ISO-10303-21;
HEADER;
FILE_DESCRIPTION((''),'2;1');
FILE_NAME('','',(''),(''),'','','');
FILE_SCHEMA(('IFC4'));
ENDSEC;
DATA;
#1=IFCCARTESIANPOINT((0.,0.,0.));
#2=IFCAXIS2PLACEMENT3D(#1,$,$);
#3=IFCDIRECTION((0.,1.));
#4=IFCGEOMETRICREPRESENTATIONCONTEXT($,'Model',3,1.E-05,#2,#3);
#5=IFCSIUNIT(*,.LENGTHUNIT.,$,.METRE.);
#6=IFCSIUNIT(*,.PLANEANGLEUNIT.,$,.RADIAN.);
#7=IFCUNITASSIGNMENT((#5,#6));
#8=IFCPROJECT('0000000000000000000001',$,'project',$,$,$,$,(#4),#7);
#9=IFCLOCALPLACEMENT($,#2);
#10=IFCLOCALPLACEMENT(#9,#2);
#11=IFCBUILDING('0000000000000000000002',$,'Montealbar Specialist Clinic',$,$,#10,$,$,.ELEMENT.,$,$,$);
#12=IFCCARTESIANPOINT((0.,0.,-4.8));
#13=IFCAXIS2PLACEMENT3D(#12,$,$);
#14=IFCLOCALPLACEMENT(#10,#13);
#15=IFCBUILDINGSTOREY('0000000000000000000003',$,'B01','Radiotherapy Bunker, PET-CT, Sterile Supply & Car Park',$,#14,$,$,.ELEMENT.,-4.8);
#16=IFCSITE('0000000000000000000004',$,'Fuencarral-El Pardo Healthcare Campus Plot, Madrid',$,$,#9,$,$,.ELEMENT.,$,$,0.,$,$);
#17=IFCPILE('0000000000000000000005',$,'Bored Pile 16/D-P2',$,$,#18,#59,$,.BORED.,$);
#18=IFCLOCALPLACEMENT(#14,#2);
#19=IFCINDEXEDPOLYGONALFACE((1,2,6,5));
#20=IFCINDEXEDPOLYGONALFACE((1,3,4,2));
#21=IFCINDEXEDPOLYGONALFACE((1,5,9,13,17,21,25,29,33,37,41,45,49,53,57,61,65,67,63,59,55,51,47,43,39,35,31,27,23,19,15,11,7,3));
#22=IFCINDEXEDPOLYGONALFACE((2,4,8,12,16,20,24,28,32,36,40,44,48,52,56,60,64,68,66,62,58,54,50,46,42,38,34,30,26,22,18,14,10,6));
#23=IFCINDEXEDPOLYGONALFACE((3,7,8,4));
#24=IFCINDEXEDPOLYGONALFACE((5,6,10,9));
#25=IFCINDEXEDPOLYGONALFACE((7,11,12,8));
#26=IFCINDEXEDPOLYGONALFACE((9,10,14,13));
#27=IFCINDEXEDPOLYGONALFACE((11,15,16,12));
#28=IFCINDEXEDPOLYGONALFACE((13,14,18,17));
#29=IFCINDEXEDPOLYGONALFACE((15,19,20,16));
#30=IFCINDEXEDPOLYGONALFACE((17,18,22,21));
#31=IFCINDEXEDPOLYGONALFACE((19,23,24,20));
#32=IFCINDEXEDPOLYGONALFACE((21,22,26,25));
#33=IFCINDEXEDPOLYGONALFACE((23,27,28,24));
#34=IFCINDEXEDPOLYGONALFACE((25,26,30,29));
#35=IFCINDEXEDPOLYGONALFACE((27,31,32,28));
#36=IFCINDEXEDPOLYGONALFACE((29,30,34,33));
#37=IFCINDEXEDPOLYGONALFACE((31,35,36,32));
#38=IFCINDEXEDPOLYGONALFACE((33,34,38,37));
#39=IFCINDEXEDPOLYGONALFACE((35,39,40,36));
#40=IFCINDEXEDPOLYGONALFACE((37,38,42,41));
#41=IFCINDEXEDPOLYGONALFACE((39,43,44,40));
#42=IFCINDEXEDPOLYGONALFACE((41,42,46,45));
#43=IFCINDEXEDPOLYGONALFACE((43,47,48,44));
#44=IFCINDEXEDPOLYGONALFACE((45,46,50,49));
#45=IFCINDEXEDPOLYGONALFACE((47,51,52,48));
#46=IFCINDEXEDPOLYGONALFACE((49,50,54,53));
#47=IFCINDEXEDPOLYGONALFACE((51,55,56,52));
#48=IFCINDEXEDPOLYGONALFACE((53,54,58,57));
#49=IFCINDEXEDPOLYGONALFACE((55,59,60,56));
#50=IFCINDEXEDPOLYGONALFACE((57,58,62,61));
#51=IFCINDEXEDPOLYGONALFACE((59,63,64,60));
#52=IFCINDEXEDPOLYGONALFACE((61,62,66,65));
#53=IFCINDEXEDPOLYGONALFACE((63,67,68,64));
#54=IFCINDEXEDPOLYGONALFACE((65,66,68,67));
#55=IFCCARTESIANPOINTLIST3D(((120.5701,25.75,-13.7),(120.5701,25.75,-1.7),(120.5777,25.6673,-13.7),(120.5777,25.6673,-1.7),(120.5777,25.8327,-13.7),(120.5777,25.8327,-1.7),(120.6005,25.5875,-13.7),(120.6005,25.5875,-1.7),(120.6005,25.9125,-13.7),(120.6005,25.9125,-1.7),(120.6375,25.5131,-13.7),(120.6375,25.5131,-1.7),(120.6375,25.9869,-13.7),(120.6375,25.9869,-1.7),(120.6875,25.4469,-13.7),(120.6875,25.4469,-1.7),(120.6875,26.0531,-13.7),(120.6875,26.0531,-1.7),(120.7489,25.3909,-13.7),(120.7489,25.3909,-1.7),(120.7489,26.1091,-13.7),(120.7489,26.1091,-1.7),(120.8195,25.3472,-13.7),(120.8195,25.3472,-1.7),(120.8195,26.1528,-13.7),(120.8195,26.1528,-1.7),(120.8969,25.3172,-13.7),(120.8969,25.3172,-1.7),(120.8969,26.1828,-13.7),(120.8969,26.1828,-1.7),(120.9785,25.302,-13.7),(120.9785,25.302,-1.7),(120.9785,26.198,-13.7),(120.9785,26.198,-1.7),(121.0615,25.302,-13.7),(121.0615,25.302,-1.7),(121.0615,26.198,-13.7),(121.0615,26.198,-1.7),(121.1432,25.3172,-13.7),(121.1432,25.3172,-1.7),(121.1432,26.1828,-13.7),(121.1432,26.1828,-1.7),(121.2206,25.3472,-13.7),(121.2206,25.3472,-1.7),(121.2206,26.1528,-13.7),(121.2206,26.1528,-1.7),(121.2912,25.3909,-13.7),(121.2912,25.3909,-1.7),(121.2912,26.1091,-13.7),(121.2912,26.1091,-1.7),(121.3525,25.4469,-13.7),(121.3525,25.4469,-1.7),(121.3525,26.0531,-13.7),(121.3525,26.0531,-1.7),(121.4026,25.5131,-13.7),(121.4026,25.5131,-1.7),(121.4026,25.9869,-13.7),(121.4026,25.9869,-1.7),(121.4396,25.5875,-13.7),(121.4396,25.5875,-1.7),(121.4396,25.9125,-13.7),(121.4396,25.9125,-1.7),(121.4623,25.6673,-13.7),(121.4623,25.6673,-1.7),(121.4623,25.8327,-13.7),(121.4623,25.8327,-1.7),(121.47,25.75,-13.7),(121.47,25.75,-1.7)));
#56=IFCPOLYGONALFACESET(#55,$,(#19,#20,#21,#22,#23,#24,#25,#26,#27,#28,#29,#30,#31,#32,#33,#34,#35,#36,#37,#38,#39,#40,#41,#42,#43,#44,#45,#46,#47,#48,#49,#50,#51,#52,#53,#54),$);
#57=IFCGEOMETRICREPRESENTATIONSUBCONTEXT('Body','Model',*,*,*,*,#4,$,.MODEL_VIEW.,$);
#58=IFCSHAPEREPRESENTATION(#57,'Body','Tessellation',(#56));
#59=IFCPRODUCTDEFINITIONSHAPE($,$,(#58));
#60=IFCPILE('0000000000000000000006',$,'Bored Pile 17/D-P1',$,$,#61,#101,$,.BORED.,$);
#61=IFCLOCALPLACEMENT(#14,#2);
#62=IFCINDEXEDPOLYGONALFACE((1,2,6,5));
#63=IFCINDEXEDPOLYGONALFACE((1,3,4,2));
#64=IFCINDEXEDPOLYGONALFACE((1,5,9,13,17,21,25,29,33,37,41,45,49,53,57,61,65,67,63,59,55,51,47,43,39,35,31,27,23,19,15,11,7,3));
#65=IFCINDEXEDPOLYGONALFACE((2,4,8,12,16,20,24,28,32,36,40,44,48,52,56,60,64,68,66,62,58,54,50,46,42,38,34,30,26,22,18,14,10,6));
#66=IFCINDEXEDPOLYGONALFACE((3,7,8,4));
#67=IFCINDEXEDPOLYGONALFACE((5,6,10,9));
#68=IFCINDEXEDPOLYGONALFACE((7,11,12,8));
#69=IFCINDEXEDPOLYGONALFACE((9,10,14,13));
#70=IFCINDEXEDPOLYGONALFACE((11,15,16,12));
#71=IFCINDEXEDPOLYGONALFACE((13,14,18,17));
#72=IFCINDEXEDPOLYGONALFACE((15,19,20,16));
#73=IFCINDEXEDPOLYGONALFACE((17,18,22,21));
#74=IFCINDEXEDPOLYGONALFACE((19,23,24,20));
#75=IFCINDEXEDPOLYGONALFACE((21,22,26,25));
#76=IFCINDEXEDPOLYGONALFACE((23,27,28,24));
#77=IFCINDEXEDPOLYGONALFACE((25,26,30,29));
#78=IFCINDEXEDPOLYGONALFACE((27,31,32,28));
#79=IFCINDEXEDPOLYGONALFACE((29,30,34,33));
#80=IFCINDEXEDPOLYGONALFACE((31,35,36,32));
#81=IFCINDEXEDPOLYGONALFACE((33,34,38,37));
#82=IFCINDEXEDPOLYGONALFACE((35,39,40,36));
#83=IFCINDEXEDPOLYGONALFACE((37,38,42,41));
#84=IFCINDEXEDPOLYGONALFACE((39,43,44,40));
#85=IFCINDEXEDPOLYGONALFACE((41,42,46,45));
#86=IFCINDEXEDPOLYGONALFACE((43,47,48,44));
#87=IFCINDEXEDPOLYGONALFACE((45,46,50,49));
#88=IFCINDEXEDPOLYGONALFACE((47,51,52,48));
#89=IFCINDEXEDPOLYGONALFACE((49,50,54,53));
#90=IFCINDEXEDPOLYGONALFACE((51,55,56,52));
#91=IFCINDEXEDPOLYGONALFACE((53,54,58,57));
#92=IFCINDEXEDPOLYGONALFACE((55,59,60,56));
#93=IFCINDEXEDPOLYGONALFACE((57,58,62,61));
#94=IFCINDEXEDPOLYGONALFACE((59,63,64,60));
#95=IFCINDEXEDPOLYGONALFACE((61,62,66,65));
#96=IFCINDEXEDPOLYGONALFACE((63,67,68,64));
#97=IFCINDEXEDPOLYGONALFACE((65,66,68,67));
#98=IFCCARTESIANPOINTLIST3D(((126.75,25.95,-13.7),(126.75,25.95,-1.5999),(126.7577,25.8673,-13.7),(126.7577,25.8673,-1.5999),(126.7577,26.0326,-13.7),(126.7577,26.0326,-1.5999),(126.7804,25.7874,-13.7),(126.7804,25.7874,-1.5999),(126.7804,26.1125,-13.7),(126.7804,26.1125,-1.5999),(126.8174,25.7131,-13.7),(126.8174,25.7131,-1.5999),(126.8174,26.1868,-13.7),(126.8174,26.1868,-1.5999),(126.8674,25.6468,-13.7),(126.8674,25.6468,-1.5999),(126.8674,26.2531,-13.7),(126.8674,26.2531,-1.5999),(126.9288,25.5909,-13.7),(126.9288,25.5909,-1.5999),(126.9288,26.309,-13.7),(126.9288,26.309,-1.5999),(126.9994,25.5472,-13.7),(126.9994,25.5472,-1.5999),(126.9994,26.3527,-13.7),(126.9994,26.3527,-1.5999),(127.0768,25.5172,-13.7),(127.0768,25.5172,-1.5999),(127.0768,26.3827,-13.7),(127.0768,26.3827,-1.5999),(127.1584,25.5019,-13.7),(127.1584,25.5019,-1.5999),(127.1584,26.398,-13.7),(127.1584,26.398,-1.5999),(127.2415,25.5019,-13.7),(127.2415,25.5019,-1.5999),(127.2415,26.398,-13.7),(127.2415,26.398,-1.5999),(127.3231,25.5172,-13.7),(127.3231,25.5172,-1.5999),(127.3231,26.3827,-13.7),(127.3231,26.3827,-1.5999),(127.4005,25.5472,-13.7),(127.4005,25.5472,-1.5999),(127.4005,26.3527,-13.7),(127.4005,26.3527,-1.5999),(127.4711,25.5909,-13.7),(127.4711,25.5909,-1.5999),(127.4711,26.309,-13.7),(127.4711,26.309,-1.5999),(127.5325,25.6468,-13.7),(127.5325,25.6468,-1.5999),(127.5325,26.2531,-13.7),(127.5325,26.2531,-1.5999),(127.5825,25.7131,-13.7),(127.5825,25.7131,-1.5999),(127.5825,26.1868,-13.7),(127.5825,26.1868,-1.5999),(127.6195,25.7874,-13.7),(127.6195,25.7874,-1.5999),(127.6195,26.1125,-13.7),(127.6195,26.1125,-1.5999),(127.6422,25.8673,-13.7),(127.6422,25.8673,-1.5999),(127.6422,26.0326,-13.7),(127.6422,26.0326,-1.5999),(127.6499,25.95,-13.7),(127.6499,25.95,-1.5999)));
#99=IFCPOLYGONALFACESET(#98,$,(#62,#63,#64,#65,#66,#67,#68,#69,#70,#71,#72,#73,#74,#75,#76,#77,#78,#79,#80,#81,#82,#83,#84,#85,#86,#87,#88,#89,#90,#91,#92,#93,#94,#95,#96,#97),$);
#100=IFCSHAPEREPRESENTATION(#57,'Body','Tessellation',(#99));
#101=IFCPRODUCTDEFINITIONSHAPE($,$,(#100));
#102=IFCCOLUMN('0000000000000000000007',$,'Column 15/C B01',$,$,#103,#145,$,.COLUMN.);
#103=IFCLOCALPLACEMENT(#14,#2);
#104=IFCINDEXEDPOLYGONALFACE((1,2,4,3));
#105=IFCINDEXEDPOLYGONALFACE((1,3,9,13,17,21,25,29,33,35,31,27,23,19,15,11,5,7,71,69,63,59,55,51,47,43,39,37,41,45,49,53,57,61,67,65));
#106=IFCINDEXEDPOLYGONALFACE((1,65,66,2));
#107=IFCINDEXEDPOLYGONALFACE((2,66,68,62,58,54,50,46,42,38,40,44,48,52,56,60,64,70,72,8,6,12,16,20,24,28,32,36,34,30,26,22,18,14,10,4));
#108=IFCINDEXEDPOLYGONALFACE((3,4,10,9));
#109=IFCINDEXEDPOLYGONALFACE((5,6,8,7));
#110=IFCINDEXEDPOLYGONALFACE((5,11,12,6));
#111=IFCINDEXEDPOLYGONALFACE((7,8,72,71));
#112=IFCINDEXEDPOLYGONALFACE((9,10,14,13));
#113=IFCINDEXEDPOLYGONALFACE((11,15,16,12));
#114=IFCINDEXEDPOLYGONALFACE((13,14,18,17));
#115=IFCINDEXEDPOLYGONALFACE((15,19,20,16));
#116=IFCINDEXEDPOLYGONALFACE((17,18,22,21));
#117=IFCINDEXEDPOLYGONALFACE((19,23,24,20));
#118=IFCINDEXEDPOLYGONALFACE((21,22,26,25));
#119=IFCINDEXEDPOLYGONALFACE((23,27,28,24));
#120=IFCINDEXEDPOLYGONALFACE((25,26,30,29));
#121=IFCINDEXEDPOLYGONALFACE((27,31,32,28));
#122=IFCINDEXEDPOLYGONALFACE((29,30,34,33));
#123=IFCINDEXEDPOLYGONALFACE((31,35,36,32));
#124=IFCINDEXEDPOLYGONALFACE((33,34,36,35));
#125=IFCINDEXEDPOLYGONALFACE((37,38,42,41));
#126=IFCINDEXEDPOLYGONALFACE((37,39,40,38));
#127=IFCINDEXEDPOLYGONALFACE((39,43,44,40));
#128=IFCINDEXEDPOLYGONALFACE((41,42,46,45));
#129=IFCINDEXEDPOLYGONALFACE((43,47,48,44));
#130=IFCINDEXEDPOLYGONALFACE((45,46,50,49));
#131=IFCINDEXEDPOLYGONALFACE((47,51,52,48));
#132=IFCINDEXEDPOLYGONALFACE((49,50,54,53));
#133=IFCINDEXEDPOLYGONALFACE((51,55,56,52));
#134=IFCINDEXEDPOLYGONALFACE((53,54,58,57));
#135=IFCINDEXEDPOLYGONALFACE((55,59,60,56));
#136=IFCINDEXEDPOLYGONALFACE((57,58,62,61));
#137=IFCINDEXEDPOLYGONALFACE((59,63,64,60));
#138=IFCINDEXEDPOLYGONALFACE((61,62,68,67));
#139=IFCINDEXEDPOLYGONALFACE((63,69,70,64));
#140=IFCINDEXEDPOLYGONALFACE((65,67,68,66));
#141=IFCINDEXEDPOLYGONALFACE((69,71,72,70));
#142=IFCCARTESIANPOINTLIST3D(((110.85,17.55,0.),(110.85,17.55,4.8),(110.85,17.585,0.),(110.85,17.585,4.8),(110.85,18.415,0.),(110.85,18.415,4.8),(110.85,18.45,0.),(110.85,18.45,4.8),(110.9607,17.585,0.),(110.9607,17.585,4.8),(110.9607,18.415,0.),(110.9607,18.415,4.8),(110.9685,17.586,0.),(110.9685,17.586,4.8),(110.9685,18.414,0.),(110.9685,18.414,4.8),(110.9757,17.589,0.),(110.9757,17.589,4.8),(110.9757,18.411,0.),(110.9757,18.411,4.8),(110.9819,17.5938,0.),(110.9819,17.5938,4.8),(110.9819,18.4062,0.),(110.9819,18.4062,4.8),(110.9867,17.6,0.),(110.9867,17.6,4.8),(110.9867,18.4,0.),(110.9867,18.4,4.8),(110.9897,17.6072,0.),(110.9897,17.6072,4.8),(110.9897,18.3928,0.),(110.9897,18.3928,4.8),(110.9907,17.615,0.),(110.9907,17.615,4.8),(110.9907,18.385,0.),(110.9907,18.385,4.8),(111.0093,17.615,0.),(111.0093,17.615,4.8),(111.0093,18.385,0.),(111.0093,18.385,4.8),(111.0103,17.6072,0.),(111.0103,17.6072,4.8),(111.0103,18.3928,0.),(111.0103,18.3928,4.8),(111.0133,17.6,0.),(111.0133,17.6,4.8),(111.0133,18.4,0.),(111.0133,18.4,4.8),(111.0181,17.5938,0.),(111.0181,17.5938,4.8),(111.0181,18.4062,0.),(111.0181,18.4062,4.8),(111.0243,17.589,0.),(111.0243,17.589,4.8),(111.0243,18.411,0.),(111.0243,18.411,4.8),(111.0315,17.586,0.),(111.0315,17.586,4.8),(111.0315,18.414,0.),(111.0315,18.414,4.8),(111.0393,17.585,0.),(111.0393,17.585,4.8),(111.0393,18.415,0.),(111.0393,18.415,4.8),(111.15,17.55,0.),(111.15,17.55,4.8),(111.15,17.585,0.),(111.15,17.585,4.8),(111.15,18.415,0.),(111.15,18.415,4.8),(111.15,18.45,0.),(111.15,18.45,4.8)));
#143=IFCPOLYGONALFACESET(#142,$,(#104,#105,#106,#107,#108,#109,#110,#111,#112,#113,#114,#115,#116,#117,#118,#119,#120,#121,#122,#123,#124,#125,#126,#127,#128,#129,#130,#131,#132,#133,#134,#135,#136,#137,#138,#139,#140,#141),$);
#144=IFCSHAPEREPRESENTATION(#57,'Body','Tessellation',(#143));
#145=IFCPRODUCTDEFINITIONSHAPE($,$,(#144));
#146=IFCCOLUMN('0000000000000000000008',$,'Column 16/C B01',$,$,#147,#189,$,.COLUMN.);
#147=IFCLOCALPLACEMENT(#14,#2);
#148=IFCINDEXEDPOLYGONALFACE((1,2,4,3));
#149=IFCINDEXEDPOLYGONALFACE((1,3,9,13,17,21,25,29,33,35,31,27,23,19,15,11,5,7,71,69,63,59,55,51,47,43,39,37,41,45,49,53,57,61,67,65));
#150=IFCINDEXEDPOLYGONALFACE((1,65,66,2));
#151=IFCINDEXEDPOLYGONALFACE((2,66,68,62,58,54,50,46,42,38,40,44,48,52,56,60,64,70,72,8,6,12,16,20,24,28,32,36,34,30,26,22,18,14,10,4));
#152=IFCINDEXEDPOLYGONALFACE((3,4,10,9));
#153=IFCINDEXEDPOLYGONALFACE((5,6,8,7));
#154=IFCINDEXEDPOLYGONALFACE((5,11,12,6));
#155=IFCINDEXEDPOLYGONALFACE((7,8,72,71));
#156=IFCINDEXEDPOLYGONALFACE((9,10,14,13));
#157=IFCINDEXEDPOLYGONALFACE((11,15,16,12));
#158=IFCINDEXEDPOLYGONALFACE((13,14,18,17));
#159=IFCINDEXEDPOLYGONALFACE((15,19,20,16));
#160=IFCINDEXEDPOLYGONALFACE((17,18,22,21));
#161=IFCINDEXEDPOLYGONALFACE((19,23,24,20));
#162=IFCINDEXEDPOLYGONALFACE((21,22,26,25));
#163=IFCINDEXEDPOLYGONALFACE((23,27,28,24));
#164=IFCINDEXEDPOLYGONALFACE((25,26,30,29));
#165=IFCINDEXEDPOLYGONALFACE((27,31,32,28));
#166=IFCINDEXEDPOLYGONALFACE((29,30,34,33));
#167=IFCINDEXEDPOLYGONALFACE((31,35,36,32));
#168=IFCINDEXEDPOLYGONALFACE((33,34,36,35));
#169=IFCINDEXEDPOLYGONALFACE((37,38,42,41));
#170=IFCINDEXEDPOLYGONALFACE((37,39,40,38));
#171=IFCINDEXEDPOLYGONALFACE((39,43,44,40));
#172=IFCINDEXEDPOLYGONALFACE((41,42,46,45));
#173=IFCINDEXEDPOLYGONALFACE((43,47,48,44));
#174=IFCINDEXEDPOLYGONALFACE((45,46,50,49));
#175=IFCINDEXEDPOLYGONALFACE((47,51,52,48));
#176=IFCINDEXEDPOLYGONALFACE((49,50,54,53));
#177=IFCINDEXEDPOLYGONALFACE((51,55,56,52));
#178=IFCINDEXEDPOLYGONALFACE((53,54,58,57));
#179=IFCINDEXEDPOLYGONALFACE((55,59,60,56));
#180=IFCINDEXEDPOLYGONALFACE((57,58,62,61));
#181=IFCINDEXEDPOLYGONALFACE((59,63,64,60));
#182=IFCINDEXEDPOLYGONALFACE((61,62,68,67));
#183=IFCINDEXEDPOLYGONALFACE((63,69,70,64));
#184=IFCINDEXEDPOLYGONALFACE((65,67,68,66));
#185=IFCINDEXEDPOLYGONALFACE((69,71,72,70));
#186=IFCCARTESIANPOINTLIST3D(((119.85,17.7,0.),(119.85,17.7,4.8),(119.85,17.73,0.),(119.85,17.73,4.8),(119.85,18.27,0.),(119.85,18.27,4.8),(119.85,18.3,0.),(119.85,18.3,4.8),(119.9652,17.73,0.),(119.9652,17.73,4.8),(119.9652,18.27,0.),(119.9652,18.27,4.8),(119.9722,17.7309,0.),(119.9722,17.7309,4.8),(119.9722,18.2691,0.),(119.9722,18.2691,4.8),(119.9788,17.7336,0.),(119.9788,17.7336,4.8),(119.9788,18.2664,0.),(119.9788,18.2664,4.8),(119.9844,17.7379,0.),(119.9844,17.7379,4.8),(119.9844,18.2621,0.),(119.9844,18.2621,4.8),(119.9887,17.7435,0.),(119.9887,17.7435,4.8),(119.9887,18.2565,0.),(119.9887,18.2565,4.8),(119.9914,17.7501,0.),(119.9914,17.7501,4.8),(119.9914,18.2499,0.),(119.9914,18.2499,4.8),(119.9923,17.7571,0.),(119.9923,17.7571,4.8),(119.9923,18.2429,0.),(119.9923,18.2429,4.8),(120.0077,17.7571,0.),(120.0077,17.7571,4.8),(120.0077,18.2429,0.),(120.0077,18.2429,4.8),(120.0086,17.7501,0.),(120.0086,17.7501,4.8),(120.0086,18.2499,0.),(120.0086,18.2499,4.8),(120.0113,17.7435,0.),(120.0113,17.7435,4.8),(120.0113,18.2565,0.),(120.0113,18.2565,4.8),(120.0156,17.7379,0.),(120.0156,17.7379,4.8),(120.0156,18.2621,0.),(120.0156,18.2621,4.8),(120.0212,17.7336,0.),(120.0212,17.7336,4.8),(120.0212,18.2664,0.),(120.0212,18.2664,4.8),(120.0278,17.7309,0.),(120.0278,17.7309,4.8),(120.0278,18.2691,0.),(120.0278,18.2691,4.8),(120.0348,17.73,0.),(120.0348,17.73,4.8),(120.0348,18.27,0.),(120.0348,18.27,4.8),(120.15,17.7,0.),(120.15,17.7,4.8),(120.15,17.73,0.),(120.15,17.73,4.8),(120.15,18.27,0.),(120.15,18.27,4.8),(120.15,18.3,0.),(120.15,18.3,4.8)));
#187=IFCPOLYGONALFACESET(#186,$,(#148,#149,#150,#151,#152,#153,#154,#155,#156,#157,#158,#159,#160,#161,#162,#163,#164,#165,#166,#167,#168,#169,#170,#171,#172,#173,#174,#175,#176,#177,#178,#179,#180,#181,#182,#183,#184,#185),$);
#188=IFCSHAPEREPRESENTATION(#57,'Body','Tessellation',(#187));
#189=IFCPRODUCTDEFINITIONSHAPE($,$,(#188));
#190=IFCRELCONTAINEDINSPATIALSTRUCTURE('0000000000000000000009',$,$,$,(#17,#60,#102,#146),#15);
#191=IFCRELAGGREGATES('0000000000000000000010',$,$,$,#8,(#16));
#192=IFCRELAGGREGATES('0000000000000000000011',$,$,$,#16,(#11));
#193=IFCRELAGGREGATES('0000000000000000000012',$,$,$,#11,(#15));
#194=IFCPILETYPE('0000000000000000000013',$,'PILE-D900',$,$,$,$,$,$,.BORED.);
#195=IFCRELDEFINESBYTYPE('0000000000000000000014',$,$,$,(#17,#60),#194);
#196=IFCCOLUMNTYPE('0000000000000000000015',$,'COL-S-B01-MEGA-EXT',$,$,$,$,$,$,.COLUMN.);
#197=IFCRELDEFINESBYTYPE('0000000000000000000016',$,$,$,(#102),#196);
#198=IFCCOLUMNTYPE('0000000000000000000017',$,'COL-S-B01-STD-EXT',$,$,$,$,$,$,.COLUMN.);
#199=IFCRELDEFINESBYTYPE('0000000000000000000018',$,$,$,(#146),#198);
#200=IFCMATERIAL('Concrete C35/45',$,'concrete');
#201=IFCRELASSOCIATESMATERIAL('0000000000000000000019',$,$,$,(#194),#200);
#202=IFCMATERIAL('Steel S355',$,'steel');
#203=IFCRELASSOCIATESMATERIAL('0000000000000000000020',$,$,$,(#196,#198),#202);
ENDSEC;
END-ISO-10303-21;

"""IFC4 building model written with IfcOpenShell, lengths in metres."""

from ifc_helpers import new_model, si_unit, direction, frame, origin, origin_2d, place, context, subcontext, project, spatial, circle, i_section, extrude, material, material_profile, profile_set, type_object, element, save


model = new_model("IFC4")

# Units and contexts
model_context = context("Model", 3, precision=1e-05, world=origin(), true_north=direction((0.0, 1.0)))
body_context = subcontext(model_context, "Body", "Model", "MODEL_VIEW")
ifc_project = project(units=[si_unit("LENGTHUNIT", "METRE"), si_unit("PLANEANGLEUNIT", "RADIAN")], contexts=[model_context])

# Site, building, storey
site_placement = place(None, origin())
site = spatial("IfcSite", under=ifc_project, at=site_placement, Name="Fuencarral-El Pardo Healthcare Campus Plot, Madrid", CompositionType="ELEMENT", RefElevation=0.0)
building_placement = place(site_placement, origin())
building = spatial("IfcBuilding", under=site, at=building_placement, Name="Montealbar Specialist Clinic", CompositionType="ELEMENT")
storey_placement = place(building_placement, frame((0.0, 0.0, -4.8)))
storey = spatial("IfcBuildingStorey", under=building, at=storey_placement, Name="B01", Description="Radiotherapy Bunker, PET-CT, Sterile Supply & Car Park", CompositionType="ELEMENT", Elevation=-4.8)

# Shared definitions
ifc_material_1 = material(Name="Concrete C35/45", Category="concrete")

# Piles
ifc_material_profile_1 = material_profile(ifc_material_1, circle(Radius=0.45, at=origin_2d()), Name="PILE D900", Category="concrete")
ifc_profile_set_1 = profile_set([ifc_material_profile_1], Name="Concrete C35/45")
pile_type_1 = type_object("IfcPileType", Name="PILE-D900", PredefinedType="BORED", material=ifc_profile_set_1)
for number, where, z_axis, x_axis, name in (
    (1, (121.02, 25.75, -1.7), (0.0, 0.0, -1.0), (1.0, 0.0, 0.0), "Bored Pile 16/D-P2"),
):
    element("IfcPile", number, at=place(storey_placement, frame(where, z_axis=z_axis, x_axis=x_axis)), inside=storey, type_object=pile_type_1, Name=name, PredefinedType="BORED", context=body_context, shape_type="SweptSolid", body=[
        extrude(circle(Radius=0.45, at=origin_2d()), origin(), (0.0, 0.0, 1.0), 12.0),
    ])
pile_1_placement = place(storey_placement, frame((127.2, 25.95, -1.5999), z_axis=(0.0, 0.0, -1.0), x_axis=(1.0, 0.0, 0.0)))
element("IfcPile", 2, at=pile_1_placement, inside=storey, type_object=pile_type_1, Name="Bored Pile 17/D-P1", PredefinedType="BORED", context=body_context, shape_type="SweptSolid", body=[
    extrude(circle(Radius=0.45, at=origin_2d()), origin(), (0.0, 0.0, 1.0), 12.1001),
])

# Columns
ifc_material_2 = material(Name="Steel S355", Category="steel")
ifc_material_profile_2 = material_profile(ifc_material_2, i_section(OverallWidth=0.3, OverallDepth=0.8999, WebThickness=0.0186, FlangeThickness=0.0349, FilletRadius=0.03, at=origin_2d()), Name="HEB 900", Category="steel")
ifc_profile_set_2 = profile_set([ifc_material_profile_2], Name="Steel S355")
column_type_1 = type_object("IfcColumnType", Name="COL-S-B01-MEGA-EXT", PredefinedType="COLUMN", material=ifc_profile_set_2)
column_1_placement = place(storey_placement, frame((111.0, 18.0, 0.0), z_axis=(0.0, 0.0, 1.0), x_axis=(1.0, 0.0, 0.0)))
element("IfcColumn", 3, at=column_1_placement, inside=storey, type_object=column_type_1, Name="Column 15/C B01", PredefinedType="COLUMN", context=body_context, shape_type="SweptSolid", body=[
    extrude(i_section(OverallWidth=0.3, OverallDepth=0.8999, WebThickness=0.0186, FlangeThickness=0.0349, FilletRadius=0.03, at=origin_2d()), origin(), (0.0, 0.0, 1.0), 4.8),
])
ifc_material_profile_3 = material_profile(ifc_material_2, i_section(OverallWidth=0.3, OverallDepth=0.6001, WebThickness=0.0154, FlangeThickness=0.03, FilletRadius=0.0271, at=origin_2d()), Name="HEB 600", Category="steel")
ifc_profile_set_3 = profile_set([ifc_material_profile_3], Name="Steel S355")
column_type_2 = type_object("IfcColumnType", Name="COL-S-B01-STD-EXT", PredefinedType="COLUMN", material=ifc_profile_set_3)
for number, where, z_axis, x_axis, name in (
    (4, (120.0, 18.0, 0.0), (0.0, 0.0, 1.0), (1.0, 0.0, 0.0), "Column 16/C B01"),
):
    element("IfcColumn", number, at=place(storey_placement, frame(where, z_axis=z_axis, x_axis=x_axis)), inside=storey, type_object=column_type_2, Name=name, PredefinedType="COLUMN", context=body_context, shape_type="SweptSolid", body=[
        extrude(i_section(OverallWidth=0.3, OverallDepth=0.6001, WebThickness=0.0154, FlangeThickness=0.03, FilletRadius=0.0271, at=origin_2d()), origin(), (0.0, 0.0, 1.0), 4.8),
    ])

save(model, "model.ifc")
